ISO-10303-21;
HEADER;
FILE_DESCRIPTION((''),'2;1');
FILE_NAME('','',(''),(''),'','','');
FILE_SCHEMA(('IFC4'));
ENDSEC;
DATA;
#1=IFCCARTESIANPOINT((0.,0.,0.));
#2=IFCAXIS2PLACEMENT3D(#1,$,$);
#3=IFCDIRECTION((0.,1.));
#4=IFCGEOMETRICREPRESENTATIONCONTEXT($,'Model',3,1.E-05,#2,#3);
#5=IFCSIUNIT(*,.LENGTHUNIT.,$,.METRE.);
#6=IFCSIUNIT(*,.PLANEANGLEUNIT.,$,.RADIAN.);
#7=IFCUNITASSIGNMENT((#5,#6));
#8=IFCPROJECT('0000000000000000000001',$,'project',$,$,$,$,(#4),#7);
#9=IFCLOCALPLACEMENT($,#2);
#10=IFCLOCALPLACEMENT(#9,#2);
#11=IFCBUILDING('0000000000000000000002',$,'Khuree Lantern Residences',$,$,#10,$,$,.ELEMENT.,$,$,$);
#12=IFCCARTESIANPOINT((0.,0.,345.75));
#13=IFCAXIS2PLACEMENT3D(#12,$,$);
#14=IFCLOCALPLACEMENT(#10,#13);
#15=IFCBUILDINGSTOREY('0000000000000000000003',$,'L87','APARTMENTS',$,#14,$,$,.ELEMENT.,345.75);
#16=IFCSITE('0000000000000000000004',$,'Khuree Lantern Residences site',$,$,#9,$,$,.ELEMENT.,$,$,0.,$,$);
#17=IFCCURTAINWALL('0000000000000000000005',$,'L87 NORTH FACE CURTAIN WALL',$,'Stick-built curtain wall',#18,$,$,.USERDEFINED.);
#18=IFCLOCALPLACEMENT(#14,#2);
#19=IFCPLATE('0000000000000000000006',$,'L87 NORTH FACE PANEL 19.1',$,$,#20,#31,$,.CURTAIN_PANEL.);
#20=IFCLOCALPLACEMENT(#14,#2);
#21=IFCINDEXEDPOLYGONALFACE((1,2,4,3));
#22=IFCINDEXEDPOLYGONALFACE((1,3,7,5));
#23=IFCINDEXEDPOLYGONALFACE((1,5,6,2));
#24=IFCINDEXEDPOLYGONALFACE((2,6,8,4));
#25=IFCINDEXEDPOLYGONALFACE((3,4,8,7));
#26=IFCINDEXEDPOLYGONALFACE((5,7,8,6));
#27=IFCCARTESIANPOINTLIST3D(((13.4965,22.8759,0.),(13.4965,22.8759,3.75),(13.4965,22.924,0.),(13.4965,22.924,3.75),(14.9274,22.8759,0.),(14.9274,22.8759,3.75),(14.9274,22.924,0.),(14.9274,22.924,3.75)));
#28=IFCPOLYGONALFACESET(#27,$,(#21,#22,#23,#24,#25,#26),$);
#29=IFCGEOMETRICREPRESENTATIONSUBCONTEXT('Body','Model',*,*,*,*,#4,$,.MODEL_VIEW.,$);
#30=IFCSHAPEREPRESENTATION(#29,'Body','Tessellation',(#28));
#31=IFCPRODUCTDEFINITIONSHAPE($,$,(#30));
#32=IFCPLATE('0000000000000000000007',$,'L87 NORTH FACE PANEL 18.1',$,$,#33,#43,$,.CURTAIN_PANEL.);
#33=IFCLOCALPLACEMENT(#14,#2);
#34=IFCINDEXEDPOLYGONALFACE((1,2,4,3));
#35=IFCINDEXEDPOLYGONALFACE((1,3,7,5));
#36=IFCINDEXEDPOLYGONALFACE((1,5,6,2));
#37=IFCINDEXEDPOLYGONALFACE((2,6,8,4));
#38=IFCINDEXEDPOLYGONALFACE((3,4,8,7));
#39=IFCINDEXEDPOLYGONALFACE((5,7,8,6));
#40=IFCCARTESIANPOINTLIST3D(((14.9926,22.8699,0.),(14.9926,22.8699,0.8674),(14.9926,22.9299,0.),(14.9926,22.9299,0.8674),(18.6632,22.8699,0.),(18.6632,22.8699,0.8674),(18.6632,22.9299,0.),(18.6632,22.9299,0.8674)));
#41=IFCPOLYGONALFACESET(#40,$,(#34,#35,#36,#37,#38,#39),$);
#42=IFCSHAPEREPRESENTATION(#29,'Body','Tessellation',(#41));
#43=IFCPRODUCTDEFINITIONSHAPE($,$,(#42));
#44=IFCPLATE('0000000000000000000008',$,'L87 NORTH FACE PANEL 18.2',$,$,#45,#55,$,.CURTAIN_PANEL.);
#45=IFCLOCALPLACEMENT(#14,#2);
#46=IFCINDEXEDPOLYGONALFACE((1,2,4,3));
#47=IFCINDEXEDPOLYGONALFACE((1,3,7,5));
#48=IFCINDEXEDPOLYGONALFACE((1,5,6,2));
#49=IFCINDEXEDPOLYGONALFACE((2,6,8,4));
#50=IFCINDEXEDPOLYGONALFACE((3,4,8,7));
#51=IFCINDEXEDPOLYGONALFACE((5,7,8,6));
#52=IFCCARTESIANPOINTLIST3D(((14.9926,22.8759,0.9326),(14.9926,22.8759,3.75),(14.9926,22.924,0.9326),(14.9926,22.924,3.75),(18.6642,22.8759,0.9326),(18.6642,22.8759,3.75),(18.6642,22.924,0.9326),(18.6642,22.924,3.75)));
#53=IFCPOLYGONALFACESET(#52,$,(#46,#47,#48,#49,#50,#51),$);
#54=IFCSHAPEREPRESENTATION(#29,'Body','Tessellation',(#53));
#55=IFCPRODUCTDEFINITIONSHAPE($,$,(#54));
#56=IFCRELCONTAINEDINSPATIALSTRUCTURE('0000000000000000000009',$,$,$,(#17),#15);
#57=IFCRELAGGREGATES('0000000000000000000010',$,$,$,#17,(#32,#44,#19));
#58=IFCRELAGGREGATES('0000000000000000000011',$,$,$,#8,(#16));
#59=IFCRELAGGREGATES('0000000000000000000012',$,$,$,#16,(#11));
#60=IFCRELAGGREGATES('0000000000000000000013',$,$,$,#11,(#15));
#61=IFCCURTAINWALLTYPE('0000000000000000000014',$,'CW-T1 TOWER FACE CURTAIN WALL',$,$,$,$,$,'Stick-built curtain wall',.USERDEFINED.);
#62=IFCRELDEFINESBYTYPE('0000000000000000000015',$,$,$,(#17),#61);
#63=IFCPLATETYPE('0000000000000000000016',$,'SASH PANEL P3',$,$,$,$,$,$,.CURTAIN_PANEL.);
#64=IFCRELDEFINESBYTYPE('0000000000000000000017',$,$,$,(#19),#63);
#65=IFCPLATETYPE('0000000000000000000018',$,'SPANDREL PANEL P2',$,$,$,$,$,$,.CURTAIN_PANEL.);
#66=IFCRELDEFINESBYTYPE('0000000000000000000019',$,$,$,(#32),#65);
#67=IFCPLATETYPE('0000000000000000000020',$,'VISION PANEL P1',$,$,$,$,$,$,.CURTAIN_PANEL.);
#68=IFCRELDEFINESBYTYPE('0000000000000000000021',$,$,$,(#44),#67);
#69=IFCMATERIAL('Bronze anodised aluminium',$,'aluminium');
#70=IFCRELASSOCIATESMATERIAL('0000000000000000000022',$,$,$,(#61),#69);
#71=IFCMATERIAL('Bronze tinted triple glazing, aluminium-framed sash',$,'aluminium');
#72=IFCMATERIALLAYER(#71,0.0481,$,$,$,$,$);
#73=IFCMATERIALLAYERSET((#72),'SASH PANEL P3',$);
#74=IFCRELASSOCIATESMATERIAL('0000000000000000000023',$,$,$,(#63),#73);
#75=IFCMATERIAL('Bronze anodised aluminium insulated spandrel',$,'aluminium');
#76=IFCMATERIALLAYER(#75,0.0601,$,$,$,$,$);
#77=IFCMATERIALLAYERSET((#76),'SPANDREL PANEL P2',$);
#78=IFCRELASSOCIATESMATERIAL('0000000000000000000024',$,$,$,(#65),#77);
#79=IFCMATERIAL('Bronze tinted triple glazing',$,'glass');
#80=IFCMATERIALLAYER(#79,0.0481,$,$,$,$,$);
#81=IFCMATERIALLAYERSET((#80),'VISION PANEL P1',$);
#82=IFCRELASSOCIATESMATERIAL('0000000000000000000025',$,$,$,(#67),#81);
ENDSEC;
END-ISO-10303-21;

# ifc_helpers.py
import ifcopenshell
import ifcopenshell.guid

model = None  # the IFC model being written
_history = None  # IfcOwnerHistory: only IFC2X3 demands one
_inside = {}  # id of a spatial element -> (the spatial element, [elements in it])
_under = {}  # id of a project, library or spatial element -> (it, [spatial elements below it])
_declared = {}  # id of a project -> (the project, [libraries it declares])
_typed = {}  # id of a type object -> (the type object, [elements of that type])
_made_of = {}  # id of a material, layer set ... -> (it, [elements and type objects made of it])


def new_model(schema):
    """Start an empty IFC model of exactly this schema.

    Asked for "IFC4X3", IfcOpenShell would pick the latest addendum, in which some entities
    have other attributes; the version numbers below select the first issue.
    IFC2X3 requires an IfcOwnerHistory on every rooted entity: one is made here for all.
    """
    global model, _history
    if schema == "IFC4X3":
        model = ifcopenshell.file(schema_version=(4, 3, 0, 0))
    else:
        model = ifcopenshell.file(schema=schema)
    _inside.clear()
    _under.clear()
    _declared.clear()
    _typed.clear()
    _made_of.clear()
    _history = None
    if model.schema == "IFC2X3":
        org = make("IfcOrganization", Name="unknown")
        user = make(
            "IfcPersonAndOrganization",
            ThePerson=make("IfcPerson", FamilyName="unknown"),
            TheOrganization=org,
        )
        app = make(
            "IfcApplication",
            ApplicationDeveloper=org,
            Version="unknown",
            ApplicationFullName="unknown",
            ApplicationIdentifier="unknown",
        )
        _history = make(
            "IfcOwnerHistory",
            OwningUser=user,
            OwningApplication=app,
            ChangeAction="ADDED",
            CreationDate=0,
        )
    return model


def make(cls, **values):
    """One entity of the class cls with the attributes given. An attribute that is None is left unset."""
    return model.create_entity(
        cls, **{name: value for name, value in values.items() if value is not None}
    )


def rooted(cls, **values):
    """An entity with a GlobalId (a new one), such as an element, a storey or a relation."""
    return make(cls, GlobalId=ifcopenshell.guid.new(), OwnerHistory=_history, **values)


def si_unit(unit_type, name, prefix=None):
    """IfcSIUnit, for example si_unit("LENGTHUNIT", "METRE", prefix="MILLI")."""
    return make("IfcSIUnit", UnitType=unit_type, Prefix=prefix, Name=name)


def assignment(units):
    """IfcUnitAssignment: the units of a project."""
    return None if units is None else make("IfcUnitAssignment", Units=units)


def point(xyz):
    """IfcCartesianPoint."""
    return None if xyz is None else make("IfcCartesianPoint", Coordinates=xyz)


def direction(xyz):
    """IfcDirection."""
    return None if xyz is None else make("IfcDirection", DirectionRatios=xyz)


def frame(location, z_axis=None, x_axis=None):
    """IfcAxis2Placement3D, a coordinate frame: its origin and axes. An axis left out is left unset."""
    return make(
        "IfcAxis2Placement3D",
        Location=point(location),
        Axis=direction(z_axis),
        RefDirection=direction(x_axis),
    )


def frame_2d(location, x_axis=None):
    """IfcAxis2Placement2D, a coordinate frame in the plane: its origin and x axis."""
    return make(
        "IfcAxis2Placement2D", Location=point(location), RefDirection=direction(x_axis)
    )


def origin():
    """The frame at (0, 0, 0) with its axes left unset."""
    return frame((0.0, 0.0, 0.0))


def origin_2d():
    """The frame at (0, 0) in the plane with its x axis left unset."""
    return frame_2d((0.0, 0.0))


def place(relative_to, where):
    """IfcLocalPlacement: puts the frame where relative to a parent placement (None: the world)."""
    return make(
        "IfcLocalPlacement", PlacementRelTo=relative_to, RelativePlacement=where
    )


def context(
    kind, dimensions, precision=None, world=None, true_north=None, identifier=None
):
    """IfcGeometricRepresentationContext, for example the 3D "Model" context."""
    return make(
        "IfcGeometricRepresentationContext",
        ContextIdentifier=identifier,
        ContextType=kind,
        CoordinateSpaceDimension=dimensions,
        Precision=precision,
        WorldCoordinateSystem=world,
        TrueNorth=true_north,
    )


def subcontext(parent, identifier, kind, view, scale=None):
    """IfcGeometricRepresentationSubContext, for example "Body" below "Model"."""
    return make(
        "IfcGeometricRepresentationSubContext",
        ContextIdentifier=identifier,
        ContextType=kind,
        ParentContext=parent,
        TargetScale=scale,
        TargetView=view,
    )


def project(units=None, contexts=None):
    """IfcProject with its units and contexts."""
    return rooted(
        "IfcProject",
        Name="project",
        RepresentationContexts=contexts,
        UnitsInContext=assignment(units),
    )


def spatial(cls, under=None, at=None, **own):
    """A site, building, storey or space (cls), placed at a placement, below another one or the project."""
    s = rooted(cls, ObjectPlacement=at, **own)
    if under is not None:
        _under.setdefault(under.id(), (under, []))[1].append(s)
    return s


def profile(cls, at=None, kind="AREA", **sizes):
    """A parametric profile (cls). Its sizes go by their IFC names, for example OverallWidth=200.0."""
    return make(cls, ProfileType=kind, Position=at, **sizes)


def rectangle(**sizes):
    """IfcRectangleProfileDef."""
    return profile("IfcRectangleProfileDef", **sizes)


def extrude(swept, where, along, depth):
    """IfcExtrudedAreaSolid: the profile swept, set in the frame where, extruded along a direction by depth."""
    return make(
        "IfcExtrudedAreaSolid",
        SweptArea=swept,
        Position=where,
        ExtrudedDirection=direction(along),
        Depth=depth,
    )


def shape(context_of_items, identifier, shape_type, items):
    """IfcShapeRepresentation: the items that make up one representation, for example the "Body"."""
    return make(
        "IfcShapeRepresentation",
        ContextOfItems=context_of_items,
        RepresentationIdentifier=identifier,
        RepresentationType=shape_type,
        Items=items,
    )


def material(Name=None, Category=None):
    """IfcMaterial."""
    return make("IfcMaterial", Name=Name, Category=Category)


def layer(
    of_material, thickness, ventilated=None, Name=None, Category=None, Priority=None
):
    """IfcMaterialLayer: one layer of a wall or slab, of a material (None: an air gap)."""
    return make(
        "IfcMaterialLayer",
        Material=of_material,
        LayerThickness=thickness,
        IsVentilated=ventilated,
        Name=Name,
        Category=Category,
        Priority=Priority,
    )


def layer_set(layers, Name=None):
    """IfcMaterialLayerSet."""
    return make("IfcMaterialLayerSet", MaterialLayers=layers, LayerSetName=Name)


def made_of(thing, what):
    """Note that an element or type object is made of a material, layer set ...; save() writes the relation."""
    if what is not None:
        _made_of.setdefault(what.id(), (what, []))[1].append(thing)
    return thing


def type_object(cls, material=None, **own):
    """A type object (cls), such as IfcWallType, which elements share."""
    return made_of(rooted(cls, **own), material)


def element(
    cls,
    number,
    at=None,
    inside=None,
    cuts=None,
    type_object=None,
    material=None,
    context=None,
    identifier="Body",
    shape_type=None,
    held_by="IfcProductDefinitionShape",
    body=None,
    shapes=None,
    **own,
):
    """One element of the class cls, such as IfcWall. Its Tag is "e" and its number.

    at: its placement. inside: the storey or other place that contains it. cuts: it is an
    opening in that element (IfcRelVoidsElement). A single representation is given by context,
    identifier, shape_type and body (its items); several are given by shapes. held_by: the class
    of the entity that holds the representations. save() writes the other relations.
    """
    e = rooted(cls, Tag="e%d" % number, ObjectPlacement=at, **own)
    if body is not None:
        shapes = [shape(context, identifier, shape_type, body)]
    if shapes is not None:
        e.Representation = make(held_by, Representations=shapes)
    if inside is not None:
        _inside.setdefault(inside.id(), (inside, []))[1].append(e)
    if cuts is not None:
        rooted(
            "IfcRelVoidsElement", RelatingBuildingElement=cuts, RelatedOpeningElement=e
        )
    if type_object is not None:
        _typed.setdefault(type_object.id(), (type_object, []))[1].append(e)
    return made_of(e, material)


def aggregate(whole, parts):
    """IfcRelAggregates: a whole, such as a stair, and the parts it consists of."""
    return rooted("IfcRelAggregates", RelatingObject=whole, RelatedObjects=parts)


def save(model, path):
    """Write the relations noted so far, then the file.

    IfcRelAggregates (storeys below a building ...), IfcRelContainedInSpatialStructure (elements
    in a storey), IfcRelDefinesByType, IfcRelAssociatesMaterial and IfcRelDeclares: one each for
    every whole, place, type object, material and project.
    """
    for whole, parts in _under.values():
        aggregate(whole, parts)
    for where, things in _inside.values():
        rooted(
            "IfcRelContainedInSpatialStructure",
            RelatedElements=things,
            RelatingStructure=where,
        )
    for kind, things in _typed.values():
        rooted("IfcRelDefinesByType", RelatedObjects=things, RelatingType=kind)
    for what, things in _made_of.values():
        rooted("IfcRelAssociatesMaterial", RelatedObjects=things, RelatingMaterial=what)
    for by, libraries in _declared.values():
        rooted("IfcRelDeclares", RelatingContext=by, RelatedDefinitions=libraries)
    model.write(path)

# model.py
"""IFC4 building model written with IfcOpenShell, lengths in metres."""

from ifc_helpers import new_model, si_unit, direction, frame, origin, origin_2d, place, context, subcontext, project, spatial, rectangle, extrude, material, layer, layer_set, type_object, element, aggregate, save


model = new_model("IFC4")

# Units and contexts
model_context = context("Model", 3, precision=1e-05, world=origin(), true_north=direction((0.0, 1.0)))
body_context = subcontext(model_context, "Body", "Model", "MODEL_VIEW")
ifc_project = project(units=[si_unit("LENGTHUNIT", "METRE"), si_unit("PLANEANGLEUNIT", "RADIAN")], contexts=[model_context])

# Site, building, storey
site_placement = place(None, origin())
site = spatial("IfcSite", under=ifc_project, at=site_placement, Name="Khuree Lantern Residences site", CompositionType="ELEMENT", RefElevation=0.0)
building_placement = place(site_placement, origin())
building = spatial("IfcBuilding", under=site, at=building_placement, Name="Khuree Lantern Residences", CompositionType="ELEMENT")
storey_placement = place(building_placement, frame((0.0, 0.0, 345.75)))
storey = spatial("IfcBuildingStorey", under=building, at=storey_placement, Name="L87", Description="APARTMENTS", CompositionType="ELEMENT", Elevation=345.75)

# Curtain wall
ifc_material_1 = material(Name="Bronze anodised aluminium", Category="aluminium")
curtain_wall_type = type_object("IfcCurtainWallType", Name="CW-T1 TOWER FACE CURTAIN WALL", ElementType="Stick-built curtain wall", PredefinedType="USERDEFINED", material=ifc_material_1)
curtain_wall_placement = place(storey_placement, origin())
curtain_wall = element("IfcCurtainWall", 1, at=curtain_wall_placement, inside=storey, type_object=curtain_wall_type, Name="L87 NORTH FACE CURTAIN WALL", ObjectType="Stick-built curtain wall", PredefinedType="USERDEFINED")

# Plates
ifc_material_2 = material(Name="Bronze tinted triple glazing, aluminium-framed sash", Category="aluminium")
ifc_layer_1 = layer(ifc_material_2, 0.0481)
ifc_layer_set_1 = layer_set([ifc_layer_1], Name="SASH PANEL P3")
plate_type_1 = type_object("IfcPlateType", Name="SASH PANEL P3", PredefinedType="CURTAIN_PANEL", material=ifc_layer_set_1)
plate_1_placement = place(storey_placement, frame((14.2119, 22.8999, 0.0), z_axis=(0.0, 0.0, 1.0), x_axis=(-1.0, 0.0, 0.0)))
plate_1 = element("IfcPlate", 2, at=plate_1_placement, type_object=plate_type_1, Name="L87 NORTH FACE PANEL 19.1", PredefinedType="CURTAIN_PANEL", context=body_context, shape_type="SweptSolid", body=[
    extrude(rectangle(XDim=1.4309, YDim=0.0481, at=origin_2d()), origin(), (0.0, 0.0, 1.0), 3.75),
])
ifc_material_3 = material(Name="Bronze anodised aluminium insulated spandrel", Category="aluminium")
ifc_layer_2 = layer(ifc_material_3, 0.0601)
ifc_layer_set_2 = layer_set([ifc_layer_2], Name="SPANDREL PANEL P2")
plate_type_2 = type_object("IfcPlateType", Name="SPANDREL PANEL P2", PredefinedType="CURTAIN_PANEL", material=ifc_layer_set_2)
plate_2_placement = place(storey_placement, frame((16.8279, 22.8999, 0.0), z_axis=(0.0, 0.0, 1.0), x_axis=(-1.0, 0.0, 0.0)))
plate_2 = element("IfcPlate", 3, at=plate_2_placement, type_object=plate_type_2, Name="L87 NORTH FACE PANEL 18.1", PredefinedType="CURTAIN_PANEL", context=body_context, shape_type="SweptSolid", body=[
    extrude(rectangle(XDim=3.6707, YDim=0.0601, at=origin_2d()), origin(), (0.0, 0.0, 1.0), 0.8674),
])
ifc_material_4 = material(Name="Bronze tinted triple glazing", Category="glass")
ifc_layer_3 = layer(ifc_material_4, 0.0481)
ifc_layer_set_3 = layer_set([ifc_layer_3], Name="VISION PANEL P1")
plate_type_3 = type_object("IfcPlateType", Name="VISION PANEL P1", PredefinedType="CURTAIN_PANEL", material=ifc_layer_set_3)
plate_3_placement = place(storey_placement, frame((16.8284, 22.8999, 0.9326), z_axis=(0.0, 0.0, 1.0), x_axis=(-1.0, 0.0, 0.0)))
plate_3 = element("IfcPlate", 4, at=plate_3_placement, type_object=plate_type_3, Name="L87 NORTH FACE PANEL 18.2", PredefinedType="CURTAIN_PANEL", context=body_context, shape_type="SweptSolid", body=[
    extrude(rectangle(XDim=3.6716, YDim=0.0481, at=origin_2d()), origin(), (0.0, 0.0, 1.0), 2.8174),
])
aggregate(curtain_wall, [plate_2, plate_3, plate_1])

save(model, "model.ifc")
